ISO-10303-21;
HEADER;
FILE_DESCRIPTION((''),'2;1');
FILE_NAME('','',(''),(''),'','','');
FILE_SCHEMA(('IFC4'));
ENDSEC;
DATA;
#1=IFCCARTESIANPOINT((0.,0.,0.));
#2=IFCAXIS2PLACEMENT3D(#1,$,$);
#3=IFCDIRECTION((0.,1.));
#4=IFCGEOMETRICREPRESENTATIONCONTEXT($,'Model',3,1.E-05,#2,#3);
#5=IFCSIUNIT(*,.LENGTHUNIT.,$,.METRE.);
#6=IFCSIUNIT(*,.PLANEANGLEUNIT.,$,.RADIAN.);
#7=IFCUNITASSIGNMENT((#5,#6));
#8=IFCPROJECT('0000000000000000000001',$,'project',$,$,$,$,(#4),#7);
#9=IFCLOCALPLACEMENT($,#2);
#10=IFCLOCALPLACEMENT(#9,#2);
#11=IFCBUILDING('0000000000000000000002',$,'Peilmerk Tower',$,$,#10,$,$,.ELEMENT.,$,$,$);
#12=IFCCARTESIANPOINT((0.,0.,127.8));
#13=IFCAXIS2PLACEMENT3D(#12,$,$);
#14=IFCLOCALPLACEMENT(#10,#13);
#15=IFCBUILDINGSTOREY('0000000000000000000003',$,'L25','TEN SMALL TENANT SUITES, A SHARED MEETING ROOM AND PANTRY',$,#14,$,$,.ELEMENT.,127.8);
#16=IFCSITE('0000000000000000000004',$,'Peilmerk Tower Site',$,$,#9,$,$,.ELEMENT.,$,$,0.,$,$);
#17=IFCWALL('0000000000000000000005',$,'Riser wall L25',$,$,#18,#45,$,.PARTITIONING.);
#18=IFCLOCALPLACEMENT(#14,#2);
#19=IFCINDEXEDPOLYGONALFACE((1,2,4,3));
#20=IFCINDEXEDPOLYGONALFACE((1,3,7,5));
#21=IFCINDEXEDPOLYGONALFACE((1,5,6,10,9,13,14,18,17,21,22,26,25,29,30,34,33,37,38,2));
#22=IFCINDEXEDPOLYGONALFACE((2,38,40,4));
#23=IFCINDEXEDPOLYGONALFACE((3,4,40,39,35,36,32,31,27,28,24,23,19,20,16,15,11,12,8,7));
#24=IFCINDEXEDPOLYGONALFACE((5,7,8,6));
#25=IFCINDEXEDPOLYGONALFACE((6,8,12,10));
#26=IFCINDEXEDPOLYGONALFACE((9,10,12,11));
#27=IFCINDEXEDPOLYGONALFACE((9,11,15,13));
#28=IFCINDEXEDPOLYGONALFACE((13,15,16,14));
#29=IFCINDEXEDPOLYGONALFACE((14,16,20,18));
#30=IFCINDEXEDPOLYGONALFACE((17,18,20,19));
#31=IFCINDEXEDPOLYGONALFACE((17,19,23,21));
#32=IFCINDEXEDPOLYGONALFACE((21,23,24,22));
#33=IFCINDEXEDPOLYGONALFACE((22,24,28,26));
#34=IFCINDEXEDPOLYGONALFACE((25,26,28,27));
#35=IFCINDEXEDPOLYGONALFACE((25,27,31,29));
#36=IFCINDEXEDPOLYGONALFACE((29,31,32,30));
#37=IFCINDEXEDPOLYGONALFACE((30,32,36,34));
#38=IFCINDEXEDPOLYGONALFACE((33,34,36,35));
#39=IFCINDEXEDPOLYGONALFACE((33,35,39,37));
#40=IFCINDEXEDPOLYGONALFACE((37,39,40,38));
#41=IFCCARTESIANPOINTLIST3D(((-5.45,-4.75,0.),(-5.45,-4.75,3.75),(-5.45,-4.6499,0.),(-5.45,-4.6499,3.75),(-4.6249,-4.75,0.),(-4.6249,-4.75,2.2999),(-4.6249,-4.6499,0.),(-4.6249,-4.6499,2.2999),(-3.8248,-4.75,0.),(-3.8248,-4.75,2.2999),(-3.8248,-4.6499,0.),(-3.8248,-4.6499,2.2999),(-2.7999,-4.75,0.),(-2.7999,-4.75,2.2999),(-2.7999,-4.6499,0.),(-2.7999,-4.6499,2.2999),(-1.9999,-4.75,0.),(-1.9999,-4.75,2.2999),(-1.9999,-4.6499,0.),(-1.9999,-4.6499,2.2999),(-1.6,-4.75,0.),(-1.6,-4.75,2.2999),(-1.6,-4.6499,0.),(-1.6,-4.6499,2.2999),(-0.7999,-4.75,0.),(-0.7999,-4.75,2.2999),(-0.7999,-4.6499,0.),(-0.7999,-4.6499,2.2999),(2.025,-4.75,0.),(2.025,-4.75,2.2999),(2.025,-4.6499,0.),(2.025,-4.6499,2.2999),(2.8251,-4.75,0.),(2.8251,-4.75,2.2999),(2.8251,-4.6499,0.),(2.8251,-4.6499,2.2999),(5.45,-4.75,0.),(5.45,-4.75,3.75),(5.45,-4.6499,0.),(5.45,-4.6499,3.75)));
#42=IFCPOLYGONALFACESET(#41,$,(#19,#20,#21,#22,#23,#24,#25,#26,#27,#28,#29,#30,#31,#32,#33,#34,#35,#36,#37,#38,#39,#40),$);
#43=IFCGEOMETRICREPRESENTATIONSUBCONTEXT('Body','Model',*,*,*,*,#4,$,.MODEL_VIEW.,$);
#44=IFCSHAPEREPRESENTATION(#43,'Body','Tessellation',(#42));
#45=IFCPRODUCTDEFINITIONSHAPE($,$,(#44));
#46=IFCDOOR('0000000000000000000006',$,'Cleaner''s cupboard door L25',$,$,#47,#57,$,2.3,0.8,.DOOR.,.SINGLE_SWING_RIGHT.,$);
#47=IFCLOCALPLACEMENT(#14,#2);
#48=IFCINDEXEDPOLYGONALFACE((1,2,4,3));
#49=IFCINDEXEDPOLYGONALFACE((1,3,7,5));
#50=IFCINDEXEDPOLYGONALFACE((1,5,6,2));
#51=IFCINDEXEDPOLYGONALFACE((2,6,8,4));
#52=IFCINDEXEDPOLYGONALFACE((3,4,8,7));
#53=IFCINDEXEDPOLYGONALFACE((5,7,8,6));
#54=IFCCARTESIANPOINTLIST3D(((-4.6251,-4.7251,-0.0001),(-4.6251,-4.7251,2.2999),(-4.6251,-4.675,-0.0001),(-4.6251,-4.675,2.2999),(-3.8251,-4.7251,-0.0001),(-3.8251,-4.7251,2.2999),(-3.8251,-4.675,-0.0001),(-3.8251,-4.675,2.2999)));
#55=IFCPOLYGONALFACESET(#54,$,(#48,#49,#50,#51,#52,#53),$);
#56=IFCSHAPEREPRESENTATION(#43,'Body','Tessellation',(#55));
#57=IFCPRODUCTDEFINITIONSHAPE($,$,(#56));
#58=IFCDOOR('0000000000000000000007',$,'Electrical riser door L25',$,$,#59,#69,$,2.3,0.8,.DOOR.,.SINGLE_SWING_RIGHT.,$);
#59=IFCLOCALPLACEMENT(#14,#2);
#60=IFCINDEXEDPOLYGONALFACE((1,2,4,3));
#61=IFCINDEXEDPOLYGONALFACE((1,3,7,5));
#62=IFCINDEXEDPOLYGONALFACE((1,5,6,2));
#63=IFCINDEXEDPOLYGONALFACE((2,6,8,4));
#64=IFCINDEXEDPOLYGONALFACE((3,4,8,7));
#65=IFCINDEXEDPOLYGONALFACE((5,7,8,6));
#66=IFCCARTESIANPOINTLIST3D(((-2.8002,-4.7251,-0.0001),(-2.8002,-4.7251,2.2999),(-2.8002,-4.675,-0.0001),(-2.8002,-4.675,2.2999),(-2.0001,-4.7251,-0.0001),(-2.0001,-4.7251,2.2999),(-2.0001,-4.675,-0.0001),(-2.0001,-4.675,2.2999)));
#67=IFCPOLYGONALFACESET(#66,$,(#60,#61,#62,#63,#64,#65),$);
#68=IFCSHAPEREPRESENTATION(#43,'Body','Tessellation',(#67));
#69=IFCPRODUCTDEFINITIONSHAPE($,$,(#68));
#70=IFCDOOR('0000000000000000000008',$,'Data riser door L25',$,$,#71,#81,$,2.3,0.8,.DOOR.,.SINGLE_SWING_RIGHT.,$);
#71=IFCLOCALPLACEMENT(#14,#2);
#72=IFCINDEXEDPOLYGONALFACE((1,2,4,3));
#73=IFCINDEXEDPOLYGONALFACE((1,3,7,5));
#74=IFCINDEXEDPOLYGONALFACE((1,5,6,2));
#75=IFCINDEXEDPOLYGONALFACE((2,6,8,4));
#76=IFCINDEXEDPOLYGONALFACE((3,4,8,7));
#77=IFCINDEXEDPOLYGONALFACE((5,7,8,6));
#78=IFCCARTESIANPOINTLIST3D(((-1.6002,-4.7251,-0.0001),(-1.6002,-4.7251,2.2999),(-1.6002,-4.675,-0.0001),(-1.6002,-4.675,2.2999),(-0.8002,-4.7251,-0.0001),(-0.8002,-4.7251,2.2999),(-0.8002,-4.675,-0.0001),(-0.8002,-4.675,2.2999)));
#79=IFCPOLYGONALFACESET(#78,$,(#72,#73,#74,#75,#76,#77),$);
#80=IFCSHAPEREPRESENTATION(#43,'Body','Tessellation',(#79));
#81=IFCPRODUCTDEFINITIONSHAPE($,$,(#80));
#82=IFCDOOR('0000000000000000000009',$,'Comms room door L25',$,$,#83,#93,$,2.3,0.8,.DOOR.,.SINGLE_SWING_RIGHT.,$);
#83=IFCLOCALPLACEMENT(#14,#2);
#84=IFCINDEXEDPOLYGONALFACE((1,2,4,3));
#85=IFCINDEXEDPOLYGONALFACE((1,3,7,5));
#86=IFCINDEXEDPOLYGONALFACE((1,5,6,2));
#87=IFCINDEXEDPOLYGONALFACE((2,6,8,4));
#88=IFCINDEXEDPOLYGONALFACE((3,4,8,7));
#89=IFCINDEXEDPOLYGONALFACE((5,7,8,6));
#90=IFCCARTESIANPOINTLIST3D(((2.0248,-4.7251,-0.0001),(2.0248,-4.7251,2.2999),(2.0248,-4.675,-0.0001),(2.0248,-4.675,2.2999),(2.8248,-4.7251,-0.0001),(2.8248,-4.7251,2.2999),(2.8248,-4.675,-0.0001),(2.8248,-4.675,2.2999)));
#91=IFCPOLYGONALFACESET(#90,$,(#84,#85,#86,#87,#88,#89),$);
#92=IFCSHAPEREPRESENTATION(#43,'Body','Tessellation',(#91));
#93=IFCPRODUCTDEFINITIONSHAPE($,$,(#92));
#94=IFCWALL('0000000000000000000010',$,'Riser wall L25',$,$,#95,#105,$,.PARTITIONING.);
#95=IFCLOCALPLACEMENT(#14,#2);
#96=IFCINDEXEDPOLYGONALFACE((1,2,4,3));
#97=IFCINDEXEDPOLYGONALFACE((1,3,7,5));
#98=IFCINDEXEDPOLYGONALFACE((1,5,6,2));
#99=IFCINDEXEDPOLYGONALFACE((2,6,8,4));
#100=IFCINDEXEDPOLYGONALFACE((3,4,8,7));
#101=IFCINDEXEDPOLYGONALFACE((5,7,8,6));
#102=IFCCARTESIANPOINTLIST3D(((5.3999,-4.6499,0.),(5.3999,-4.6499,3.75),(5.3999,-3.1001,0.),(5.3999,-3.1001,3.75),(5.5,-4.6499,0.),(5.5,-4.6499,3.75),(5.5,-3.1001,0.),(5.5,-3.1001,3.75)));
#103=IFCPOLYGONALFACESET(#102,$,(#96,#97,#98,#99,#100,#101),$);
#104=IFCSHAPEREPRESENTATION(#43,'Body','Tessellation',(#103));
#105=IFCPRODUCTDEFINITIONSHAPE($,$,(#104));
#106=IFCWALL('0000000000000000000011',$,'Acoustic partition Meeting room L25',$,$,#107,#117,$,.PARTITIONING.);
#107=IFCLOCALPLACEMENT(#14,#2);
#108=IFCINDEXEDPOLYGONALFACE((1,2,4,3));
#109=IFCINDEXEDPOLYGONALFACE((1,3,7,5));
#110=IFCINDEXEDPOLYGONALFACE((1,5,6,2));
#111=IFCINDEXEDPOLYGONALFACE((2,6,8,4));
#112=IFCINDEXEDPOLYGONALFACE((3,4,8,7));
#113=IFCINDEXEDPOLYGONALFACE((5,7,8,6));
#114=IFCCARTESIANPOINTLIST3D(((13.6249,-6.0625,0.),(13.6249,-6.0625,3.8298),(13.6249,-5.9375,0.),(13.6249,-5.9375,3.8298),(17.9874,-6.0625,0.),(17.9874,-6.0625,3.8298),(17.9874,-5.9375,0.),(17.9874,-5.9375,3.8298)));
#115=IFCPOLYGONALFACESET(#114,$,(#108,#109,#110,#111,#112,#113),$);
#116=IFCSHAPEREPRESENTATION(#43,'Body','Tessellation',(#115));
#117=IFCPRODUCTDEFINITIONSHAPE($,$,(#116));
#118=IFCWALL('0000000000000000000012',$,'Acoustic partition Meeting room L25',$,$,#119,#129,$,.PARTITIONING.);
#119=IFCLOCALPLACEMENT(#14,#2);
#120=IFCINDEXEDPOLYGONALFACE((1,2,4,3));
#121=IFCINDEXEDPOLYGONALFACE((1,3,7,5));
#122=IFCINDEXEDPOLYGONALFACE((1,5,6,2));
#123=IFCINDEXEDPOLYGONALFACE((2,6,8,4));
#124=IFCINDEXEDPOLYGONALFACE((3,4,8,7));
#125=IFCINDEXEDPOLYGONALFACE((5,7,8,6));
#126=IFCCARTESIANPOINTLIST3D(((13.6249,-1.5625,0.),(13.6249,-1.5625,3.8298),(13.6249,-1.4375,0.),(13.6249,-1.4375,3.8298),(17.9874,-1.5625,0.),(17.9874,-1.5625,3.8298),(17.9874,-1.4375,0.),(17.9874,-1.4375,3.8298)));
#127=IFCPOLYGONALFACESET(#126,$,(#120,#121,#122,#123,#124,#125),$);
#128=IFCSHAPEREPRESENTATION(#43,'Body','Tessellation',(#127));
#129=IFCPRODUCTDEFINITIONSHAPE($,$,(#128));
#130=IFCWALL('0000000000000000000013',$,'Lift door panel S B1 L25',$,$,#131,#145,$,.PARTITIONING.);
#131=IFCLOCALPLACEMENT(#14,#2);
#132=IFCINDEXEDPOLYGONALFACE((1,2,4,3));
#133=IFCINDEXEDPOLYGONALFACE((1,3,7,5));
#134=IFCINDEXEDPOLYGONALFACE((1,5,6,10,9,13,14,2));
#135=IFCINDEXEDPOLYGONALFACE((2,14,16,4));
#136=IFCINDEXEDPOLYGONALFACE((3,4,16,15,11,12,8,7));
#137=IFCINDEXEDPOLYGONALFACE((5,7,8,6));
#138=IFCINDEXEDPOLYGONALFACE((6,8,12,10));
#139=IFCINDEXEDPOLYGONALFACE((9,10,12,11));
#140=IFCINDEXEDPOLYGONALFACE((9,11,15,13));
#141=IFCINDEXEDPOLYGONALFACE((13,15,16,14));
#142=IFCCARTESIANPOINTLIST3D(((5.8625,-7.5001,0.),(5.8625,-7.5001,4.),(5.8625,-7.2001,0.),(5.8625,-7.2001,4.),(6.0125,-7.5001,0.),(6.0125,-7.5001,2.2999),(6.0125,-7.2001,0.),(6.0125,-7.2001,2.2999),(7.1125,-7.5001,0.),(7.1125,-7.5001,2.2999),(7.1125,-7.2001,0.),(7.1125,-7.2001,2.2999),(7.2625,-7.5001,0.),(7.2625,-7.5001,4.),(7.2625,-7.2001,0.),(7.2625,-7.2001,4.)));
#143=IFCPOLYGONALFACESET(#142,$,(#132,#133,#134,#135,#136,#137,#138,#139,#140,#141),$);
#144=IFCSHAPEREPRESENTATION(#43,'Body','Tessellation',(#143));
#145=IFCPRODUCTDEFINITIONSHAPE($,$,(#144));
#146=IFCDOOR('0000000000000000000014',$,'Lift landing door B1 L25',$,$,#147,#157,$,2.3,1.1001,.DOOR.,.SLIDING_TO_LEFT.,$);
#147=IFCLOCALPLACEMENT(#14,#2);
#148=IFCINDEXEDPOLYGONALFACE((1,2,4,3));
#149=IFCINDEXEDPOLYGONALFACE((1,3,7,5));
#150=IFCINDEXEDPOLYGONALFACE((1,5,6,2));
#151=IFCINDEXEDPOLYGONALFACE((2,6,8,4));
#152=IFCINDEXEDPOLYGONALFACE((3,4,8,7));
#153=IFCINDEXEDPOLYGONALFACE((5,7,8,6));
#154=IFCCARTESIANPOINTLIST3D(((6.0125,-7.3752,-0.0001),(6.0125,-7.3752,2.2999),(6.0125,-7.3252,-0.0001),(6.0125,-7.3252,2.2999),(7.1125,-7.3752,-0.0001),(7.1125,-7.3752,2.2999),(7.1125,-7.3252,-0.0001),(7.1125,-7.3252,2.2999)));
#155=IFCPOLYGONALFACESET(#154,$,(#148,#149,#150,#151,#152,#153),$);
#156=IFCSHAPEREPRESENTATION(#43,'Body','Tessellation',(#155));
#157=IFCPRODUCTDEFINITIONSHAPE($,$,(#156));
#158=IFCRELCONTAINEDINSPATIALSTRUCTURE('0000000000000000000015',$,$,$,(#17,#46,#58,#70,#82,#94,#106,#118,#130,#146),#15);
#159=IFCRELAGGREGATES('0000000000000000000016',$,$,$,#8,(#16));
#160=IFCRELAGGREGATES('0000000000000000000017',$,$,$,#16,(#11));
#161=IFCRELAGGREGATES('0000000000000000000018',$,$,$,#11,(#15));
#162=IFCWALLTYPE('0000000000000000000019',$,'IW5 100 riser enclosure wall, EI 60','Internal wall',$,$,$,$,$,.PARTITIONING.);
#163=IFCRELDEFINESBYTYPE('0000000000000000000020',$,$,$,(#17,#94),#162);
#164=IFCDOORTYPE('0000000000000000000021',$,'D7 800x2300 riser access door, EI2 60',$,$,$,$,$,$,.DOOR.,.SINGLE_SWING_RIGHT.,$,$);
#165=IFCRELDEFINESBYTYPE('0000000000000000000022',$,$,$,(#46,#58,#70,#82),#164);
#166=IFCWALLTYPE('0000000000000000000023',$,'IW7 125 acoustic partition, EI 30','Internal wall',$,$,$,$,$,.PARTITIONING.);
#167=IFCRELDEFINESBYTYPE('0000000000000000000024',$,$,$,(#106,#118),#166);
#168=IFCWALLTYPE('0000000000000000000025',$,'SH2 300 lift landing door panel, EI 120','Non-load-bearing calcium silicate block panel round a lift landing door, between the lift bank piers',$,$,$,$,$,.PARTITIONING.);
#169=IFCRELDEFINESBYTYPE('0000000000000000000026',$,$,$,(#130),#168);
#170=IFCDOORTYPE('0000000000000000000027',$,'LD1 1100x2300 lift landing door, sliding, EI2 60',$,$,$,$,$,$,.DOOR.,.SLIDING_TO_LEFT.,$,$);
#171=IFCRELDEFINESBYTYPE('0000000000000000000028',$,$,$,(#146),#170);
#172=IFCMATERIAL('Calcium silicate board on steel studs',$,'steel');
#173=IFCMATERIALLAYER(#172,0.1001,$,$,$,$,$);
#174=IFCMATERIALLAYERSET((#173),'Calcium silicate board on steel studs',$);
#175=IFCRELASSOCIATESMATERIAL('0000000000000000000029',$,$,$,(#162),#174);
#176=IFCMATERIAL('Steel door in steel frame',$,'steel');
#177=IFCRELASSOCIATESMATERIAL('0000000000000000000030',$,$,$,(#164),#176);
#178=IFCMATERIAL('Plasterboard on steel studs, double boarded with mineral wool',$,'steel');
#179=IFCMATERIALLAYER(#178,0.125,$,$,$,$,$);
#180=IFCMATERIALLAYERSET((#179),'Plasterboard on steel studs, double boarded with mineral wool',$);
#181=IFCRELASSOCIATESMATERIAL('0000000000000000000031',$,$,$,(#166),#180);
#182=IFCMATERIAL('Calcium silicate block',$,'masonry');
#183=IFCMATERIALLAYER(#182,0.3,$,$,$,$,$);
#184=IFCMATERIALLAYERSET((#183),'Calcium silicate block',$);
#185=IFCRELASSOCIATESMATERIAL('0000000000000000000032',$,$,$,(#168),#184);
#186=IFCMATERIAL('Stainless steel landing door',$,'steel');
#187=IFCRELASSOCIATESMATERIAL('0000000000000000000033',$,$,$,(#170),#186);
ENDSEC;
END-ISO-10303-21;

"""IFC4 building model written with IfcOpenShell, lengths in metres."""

from ifc_helpers import new_model, si_unit, direction, frame, frame_2d, origin, place, context, subcontext, project, spatial, rectangle, extrude, material, layer, layer_set, type_object, element, fill, save


model = new_model("IFC4")

# Units and contexts
model_context = context("Model", 3, precision=1e-05, world=origin(), true_north=direction((0.0, 1.0)))
body_context = subcontext(model_context, "Body", "Model", "MODEL_VIEW")
ifc_project = project(units=[si_unit("LENGTHUNIT", "METRE"), si_unit("PLANEANGLEUNIT", "RADIAN")], contexts=[model_context])

# Site, building, storey
site_placement = place(None, origin())
site = spatial("IfcSite", under=ifc_project, at=site_placement, Name="Peilmerk Tower Site", CompositionType="ELEMENT", RefElevation=0.0)
building_placement = place(site_placement, origin())
building = spatial("IfcBuilding", under=site, at=building_placement, Name="Peilmerk Tower", CompositionType="ELEMENT")
storey_placement = place(building_placement, frame((0.0, 0.0, 127.8)))
storey = spatial("IfcBuildingStorey", under=building, at=storey_placement, Name="L25", Description="TEN SMALL TENANT SUITES, A SHARED MEETING ROOM AND PANTRY", CompositionType="ELEMENT", Elevation=127.8)

# Shared definitions
ifc_material_1 = material(Name="Steel door in steel frame", Category="steel")

# Shared definitions
ifc_material_2 = material(Name="Calcium silicate board on steel studs", Category="steel")
ifc_layer_1 = layer(ifc_material_2, 0.1001)
ifc_layer_set_1 = layer_set([ifc_layer_1], Name="Calcium silicate board on steel studs")
wall_type_1 = type_object("IfcWallType", Name="IW5 100 riser enclosure wall, EI 60", Description="Internal wall", PredefinedType="PARTITIONING", material=ifc_layer_set_1)

# Wall, openings, doors
wall_1_placement = place(storey_placement, frame((5.45, -4.7, 0.0), z_axis=(0.0, 0.0, 1.0), x_axis=(-1.0, 0.0, 0.0)))
wall_1 = element("IfcWall", 1, at=wall_1_placement, inside=storey, type_object=wall_type_1, Name="Riser wall L25", PredefinedType="PARTITIONING", context=body_context, shape_type="SweptSolid", body=[
    extrude(rectangle(XDim=10.8999, YDim=0.1001, at=frame_2d((5.45, 0.0))), origin(), (0.0, 0.0, 1.0), 3.75),
])
opening_1_placement = place(wall_1_placement, frame((9.2749, 0.0, 0.0)))
opening_1 = element("IfcOpeningElement", 2, at=opening_1_placement, cuts=wall_1, PredefinedType="OPENING", context=body_context, shape_type="SweptSolid", body=[
    extrude(rectangle(XDim=0.8, YDim=2.3, at=frame_2d((0.3999, 1.1499))), frame((0.0, 0.0601, 0.0), z_axis=(0.0, -1.0, 0.0), x_axis=(1.0, 0.0, 0.0)), (0.0, 0.0, 1.0), 0.1201),
])
opening_2_placement = place(wall_1_placement, frame((7.45, 0.0, 0.0)))
opening_2 = element("IfcOpeningElement", 3, at=opening_2_placement, cuts=wall_1, PredefinedType="OPENING", context=body_context, shape_type="SweptSolid", body=[
    extrude(rectangle(XDim=0.8, YDim=2.3, at=frame_2d((0.3999, 1.1499))), frame((0.0, 0.0601, 0.0), z_axis=(0.0, -1.0, 0.0), x_axis=(1.0, 0.0, 0.0)), (0.0, 0.0, 1.0), 0.1201),
])
opening_3_placement = place(wall_1_placement, frame((6.25, 0.0, 0.0)))
opening_3 = element("IfcOpeningElement", 4, at=opening_3_placement, cuts=wall_1, PredefinedType="OPENING", context=body_context, shape_type="SweptSolid", body=[
    extrude(rectangle(XDim=0.8, YDim=2.3, at=frame_2d((0.3999, 1.1499))), frame((0.0, 0.0601, 0.0), z_axis=(0.0, -1.0, 0.0), x_axis=(1.0, 0.0, 0.0)), (0.0, 0.0, 1.0), 0.1201),
])
opening_4_placement = place(wall_1_placement, frame((2.625, 0.0, 0.0)))
opening_4 = element("IfcOpeningElement", 5, at=opening_4_placement, cuts=wall_1, PredefinedType="OPENING", context=body_context, shape_type="SweptSolid", body=[
    extrude(rectangle(XDim=0.8, YDim=2.3, at=frame_2d((0.3999, 1.1499))), frame((0.0, 0.0601, 0.0), z_axis=(0.0, -1.0, 0.0), x_axis=(1.0, 0.0, 0.0)), (0.0, 0.0, 1.0), 0.1201),
])
door_type_1 = type_object("IfcDoorType", Name="D7 800x2300 riser access door, EI2 60", OperationType="SINGLE_SWING_RIGHT", PredefinedType="DOOR", material=ifc_material_1)
door_1_placement = place(opening_1_placement, frame((0.8, 0.0, 0.0), z_axis=(0.0, 0.0, 1.0), x_axis=(-1.0, 0.0, 0.0)))
door_1 = element("IfcDoor", 6, at=door_1_placement, inside=storey, type_object=door_type_1, Name="Cleaner's cupboard door L25", OperationType="SINGLE_SWING_RIGHT", OverallHeight=2.3, OverallWidth=0.8, PredefinedType="DOOR", context=body_context, shape_type="SweptSolid", body=[
    extrude(rectangle(XDim=0.8, YDim=2.3, at=frame_2d((0.3999, 1.1499))), frame((0.0, 0.0249, 0.0), z_axis=(0.0, -1.0, 0.0), x_axis=(1.0, 0.0, 0.0)), (0.0, 0.0, 1.0), 0.05),
])
fill(opening_1, door_1)
door_2_placement = place(opening_2_placement, frame((0.8, 0.0, 0.0), z_axis=(0.0, 0.0, 1.0), x_axis=(-1.0, 0.0, 0.0)))
door_2 = element("IfcDoor", 7, at=door_2_placement, inside=storey, type_object=door_type_1, Name="Electrical riser door L25", OperationType="SINGLE_SWING_RIGHT", OverallHeight=2.3, OverallWidth=0.8, PredefinedType="DOOR", context=body_context, shape_type="SweptSolid", body=[
    extrude(rectangle(XDim=0.8, YDim=2.3, at=frame_2d((0.3999, 1.1499))), frame((0.0, 0.0249, 0.0), z_axis=(0.0, -1.0, 0.0), x_axis=(1.0, 0.0, 0.0)), (0.0, 0.0, 1.0), 0.05),
])
fill(opening_2, door_2)
door_3_placement = place(opening_3_placement, frame((0.8, 0.0, 0.0), z_axis=(0.0, 0.0, 1.0), x_axis=(-1.0, 0.0, 0.0)))
door_3 = element("IfcDoor", 8, at=door_3_placement, inside=storey, type_object=door_type_1, Name="Data riser door L25", OperationType="SINGLE_SWING_RIGHT", OverallHeight=2.3, OverallWidth=0.8, PredefinedType="DOOR", context=body_context, shape_type="SweptSolid", body=[
    extrude(rectangle(XDim=0.8, YDim=2.3, at=frame_2d((0.3999, 1.1499))), frame((0.0, 0.0249, 0.0), z_axis=(0.0, -1.0, 0.0), x_axis=(1.0, 0.0, 0.0)), (0.0, 0.0, 1.0), 0.05),
])
fill(opening_3, door_3)
door_4_placement = place(opening_4_placement, frame((0.8, 0.0, 0.0), z_axis=(0.0, 0.0, 1.0), x_axis=(-1.0, 0.0, 0.0)))
door_4 = element("IfcDoor", 9, at=door_4_placement, inside=storey, type_object=door_type_1, Name="Comms room door L25", OperationType="SINGLE_SWING_RIGHT", OverallHeight=2.3, OverallWidth=0.8, PredefinedType="DOOR", context=body_context, shape_type="SweptSolid", body=[
    extrude(rectangle(XDim=0.8, YDim=2.3, at=frame_2d((0.3999, 1.1499))), frame((0.0, 0.0249, 0.0), z_axis=(0.0, -1.0, 0.0), x_axis=(1.0, 0.0, 0.0)), (0.0, 0.0, 1.0), 0.05),
])
fill(opening_4, door_4)

# Walls
wall_2_placement = place(storey_placement, frame((5.45, -3.1001, 0.0), z_axis=(0.0, 0.0, 1.0), x_axis=(0.0, -1.0, 0.0)))
element("IfcWall", 10, at=wall_2_placement, inside=storey, type_object=wall_type_1, Name="Riser wall L25", PredefinedType="PARTITIONING", context=body_context, shape_type="SweptSolid", body=[
    extrude(rectangle(XDim=1.5498, YDim=0.1001, at=frame_2d((0.7749, 0.0))), origin(), (0.0, 0.0, 1.0), 3.75),
])
ifc_material_3 = material(Name="Plasterboard on steel studs, double boarded with mineral wool", Category="steel")
ifc_layer_2 = layer(ifc_material_3, 0.125)
ifc_layer_set_2 = layer_set([ifc_layer_2], Name="Plasterboard on steel studs, double boarded with mineral wool")
wall_type_2 = type_object("IfcWallType", Name="IW7 125 acoustic partition, EI 30", Description="Internal wall", PredefinedType="PARTITIONING", material=ifc_layer_set_2)
for number, where, z_axis, x_axis, name in (
    (11, (13.625, -6.0, 0.0), (0.0, 0.0, 1.0), (1.0, 0.0, 0.0), "Acoustic partition Meeting room L25"),
    (12, (13.625, -1.5, 0.0), (0.0, 0.0, 1.0), (1.0, 0.0, 0.0), "Acoustic partition Meeting room L25"),
):
    element("IfcWall", number, at=place(storey_placement, frame(where, z_axis=z_axis, x_axis=x_axis)), inside=storey, type_object=wall_type_2, Name=name, PredefinedType="PARTITIONING", context=body_context, shape_type="SweptSolid", body=[
        extrude(rectangle(XDim=4.3625, YDim=0.125, at=frame_2d((2.1812, 0.0))), origin(), (0.0, 0.0, 1.0), 3.8298),
    ])

# Wall, opening, door
ifc_material_4 = material(Name="Calcium silicate block", Category="masonry")
ifc_layer_3 = layer(ifc_material_4, 0.3)
ifc_layer_set_3 = layer_set([ifc_layer_3], Name="Calcium silicate block")
wall_type_3 = type_object("IfcWallType", Name="SH2 300 lift landing door panel, EI 120", Description="Non-load-bearing calcium silicate block panel round a lift landing door, between the lift bank piers", PredefinedType="PARTITIONING", material=ifc_layer_set_3)
wall_3_placement = place(storey_placement, frame((5.8625, -7.3501, 0.0), z_axis=(0.0, 0.0, 1.0), x_axis=(1.0, 0.0, 0.0)))
wall_3 = element("IfcWall", 13, at=wall_3_placement, inside=storey, type_object=wall_type_3, Name="Lift door panel S B1 L25", PredefinedType="PARTITIONING", context=body_context, shape_type="SweptSolid", body=[
    extrude(rectangle(XDim=1.3999, YDim=0.3, at=frame_2d((0.7, 0.0))), origin(), (0.0, 0.0, 1.0), 4.0),
])
opening_5_placement = place(wall_3_placement, frame((0.1499, 0.0, 0.0)))
opening_5 = element("IfcOpeningElement", 14, at=opening_5_placement, cuts=wall_3, PredefinedType="OPENING", context=body_context, shape_type="SweptSolid", body=[
    extrude(rectangle(XDim=1.1001, YDim=2.3, at=frame_2d((0.55, 1.1499))), frame((0.0, 0.1599, 0.0), z_axis=(0.0, -1.0, 0.0), x_axis=(1.0, 0.0, 0.0)), (0.0, 0.0, 1.0), 0.3201),
])
ifc_material_5 = material(Name="Stainless steel landing door", Category="steel")
door_type_2 = type_object("IfcDoorType", Name="LD1 1100x2300 lift landing door, sliding, EI2 60", OperationType="SLIDING_TO_LEFT", PredefinedType="DOOR", material=ifc_material_5)
door_5_placement = place(opening_5_placement, origin())
door_5 = element("IfcDoor", 15, at=door_5_placement, inside=storey, type_object=door_type_2, Name="Lift landing door B1 L25", OperationType="SLIDING_TO_LEFT", OverallHeight=2.3, OverallWidth=1.1001, PredefinedType="DOOR", context=body_context, shape_type="SweptSolid", body=[
    extrude(rectangle(XDim=1.1001, YDim=2.3, at=frame_2d((0.55, 1.1499))), frame((0.0, 0.0249, 0.0), z_axis=(0.0, -1.0, 0.0), x_axis=(1.0, 0.0, 0.0)), (0.0, 0.0, 1.0), 0.05),
])
fill(opening_5, door_5)

save(model, "model.ifc")
